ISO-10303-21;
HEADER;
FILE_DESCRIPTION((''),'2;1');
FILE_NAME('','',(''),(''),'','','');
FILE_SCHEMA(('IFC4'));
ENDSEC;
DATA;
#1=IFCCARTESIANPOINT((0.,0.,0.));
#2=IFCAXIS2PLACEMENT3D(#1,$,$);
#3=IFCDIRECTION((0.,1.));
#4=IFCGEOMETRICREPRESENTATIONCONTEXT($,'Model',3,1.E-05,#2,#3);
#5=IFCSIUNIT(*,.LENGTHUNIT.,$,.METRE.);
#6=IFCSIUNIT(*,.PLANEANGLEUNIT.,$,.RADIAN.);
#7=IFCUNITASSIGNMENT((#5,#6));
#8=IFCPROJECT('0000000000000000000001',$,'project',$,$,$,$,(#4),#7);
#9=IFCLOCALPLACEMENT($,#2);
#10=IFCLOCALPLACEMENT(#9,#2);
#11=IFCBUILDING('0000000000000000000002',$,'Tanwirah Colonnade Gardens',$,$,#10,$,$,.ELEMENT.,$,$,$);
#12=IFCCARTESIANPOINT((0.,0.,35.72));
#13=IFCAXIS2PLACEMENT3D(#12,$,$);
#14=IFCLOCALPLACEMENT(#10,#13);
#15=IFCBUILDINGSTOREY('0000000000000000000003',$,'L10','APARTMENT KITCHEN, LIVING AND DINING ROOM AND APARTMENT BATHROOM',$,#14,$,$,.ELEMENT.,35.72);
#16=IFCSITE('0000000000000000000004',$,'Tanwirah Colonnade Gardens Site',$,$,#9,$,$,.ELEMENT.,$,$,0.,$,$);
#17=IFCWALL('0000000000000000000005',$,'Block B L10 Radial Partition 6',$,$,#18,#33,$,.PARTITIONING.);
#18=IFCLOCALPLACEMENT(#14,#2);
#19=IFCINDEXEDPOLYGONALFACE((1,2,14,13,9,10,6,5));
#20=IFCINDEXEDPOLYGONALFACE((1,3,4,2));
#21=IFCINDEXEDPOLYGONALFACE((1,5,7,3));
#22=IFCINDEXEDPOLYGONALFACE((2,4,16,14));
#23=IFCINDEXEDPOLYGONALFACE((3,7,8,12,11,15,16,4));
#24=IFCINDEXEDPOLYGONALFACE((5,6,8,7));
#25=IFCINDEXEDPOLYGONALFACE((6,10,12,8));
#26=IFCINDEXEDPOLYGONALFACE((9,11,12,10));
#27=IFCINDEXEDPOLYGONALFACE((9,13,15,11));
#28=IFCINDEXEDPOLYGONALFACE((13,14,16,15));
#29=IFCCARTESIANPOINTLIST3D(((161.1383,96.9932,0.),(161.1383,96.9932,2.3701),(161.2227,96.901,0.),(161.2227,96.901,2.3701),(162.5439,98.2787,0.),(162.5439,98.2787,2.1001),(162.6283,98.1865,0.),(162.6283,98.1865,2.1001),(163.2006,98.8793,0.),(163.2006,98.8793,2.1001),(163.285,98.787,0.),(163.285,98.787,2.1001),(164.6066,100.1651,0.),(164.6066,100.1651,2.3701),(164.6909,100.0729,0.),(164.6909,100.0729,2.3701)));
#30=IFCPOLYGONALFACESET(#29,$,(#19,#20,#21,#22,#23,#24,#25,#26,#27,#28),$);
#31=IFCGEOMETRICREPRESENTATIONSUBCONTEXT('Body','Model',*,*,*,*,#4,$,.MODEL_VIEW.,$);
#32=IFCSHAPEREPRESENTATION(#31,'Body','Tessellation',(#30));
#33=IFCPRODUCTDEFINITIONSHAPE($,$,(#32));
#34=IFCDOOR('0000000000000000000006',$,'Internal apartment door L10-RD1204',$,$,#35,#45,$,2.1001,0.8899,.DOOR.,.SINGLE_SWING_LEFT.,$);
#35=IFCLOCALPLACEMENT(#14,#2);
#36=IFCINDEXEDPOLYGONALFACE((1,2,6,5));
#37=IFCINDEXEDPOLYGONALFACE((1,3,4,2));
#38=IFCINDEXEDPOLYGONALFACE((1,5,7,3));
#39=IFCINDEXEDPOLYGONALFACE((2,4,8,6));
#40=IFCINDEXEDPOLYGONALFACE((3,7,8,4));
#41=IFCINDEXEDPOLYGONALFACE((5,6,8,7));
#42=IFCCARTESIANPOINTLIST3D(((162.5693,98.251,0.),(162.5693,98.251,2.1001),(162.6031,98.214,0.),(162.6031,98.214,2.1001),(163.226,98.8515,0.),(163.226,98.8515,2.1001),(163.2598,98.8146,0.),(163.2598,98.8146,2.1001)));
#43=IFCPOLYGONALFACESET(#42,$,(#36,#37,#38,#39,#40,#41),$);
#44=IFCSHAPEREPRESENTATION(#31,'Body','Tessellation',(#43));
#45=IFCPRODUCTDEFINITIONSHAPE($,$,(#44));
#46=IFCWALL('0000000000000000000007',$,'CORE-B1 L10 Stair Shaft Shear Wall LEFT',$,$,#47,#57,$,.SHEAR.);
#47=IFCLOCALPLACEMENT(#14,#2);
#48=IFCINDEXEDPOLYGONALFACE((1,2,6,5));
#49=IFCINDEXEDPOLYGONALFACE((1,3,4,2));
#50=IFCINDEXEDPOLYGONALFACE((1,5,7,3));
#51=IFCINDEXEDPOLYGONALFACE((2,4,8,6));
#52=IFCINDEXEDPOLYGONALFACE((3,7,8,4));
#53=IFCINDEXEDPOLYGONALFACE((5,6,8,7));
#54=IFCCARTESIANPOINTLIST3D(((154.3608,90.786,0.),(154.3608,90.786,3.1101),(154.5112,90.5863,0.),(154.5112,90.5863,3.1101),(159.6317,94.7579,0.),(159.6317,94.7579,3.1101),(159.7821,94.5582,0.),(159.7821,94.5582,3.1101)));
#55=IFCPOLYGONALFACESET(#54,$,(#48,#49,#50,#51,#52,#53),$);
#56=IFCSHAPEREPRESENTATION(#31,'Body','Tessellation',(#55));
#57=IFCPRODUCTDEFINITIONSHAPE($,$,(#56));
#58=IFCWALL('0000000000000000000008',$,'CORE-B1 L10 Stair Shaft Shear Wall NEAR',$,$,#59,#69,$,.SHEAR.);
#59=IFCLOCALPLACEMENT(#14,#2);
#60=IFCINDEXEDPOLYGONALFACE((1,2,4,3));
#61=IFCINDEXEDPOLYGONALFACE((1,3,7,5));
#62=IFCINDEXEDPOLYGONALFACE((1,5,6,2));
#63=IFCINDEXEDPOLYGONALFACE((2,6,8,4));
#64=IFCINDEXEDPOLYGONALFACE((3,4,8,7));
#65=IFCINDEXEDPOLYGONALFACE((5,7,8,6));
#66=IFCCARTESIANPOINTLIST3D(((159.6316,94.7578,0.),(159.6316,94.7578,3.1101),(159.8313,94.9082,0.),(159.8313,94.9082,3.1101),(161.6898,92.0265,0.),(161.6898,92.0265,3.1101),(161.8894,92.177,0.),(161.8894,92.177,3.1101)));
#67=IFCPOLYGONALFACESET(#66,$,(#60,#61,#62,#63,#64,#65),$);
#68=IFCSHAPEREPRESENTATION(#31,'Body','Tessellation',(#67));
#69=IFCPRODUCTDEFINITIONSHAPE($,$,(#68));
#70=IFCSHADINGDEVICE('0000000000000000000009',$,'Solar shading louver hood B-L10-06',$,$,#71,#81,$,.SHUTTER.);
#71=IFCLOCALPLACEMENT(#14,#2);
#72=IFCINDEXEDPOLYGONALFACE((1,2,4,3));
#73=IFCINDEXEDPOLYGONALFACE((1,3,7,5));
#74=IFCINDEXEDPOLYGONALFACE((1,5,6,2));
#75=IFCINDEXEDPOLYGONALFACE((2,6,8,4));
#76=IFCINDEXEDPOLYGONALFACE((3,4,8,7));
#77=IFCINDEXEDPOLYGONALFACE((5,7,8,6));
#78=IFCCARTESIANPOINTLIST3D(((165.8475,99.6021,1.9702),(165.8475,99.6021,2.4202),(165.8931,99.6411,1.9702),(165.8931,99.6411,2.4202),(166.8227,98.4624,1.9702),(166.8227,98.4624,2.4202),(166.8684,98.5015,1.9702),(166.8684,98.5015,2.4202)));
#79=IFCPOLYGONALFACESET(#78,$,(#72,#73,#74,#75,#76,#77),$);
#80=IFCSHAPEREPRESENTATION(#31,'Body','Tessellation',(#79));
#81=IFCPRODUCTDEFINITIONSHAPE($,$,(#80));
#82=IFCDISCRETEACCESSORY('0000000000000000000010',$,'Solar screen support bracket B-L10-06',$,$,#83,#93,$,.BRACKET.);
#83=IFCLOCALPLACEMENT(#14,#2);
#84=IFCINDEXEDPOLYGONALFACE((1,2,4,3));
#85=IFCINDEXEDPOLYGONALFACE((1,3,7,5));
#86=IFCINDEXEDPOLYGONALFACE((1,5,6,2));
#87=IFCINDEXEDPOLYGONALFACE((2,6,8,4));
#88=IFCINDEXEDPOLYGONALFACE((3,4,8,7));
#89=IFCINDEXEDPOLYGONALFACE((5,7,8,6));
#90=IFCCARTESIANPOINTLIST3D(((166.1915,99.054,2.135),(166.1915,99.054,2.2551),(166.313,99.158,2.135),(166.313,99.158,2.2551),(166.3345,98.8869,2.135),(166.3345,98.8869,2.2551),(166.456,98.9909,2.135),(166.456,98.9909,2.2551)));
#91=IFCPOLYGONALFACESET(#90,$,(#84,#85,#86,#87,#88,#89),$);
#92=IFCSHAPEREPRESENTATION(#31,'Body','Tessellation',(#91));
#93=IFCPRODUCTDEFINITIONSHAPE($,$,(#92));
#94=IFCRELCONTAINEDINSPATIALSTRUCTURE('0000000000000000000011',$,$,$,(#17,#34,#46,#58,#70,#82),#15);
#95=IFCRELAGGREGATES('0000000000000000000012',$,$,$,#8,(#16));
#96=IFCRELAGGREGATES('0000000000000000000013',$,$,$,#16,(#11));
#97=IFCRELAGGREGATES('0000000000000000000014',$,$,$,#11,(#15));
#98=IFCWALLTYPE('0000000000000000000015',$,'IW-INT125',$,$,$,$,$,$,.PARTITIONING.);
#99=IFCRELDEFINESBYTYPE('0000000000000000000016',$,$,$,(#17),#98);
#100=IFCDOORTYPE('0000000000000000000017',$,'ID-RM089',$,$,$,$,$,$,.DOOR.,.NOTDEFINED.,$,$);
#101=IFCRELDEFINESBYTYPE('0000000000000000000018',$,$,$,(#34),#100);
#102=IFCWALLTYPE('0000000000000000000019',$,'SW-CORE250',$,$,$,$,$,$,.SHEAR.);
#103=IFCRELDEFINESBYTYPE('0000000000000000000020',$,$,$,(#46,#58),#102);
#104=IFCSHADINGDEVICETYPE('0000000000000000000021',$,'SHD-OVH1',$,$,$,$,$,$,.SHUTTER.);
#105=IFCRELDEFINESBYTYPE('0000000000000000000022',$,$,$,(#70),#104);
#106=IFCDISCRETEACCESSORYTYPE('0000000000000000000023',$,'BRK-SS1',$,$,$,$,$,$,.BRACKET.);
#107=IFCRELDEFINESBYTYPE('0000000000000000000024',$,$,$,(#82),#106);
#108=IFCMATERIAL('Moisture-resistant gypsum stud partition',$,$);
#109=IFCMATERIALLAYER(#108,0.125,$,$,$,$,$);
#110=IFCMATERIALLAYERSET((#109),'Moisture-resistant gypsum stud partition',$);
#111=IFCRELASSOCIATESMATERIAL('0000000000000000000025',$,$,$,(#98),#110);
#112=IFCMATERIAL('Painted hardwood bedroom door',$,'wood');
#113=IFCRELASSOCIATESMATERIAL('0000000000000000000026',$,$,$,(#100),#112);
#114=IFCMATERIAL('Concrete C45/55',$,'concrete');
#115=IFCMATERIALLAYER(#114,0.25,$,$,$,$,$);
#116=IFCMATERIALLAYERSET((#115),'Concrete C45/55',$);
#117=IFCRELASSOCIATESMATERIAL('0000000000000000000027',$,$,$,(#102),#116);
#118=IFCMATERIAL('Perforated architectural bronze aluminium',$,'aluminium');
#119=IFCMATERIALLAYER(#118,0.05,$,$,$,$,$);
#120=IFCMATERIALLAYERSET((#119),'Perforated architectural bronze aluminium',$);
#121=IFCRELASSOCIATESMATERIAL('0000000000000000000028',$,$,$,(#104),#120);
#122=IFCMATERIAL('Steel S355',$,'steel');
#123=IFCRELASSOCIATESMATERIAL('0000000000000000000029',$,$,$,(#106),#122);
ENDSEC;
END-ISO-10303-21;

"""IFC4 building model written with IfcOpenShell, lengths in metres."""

from ifc_helpers import new_model, si_unit, direction, frame, frame_2d, origin, origin_2d, place, context, subcontext, project, spatial, rectangle, extrude, material, layer, layer_set, type_object, element, fill, save


model = new_model("IFC4")

# Units and contexts
model_context = context("Model", 3, precision=1e-05, world=origin(), true_north=direction((0.0, 1.0)))
body_context = subcontext(model_context, "Body", "Model", "MODEL_VIEW")
ifc_project = project(units=[si_unit("LENGTHUNIT", "METRE"), si_unit("PLANEANGLEUNIT", "RADIAN")], contexts=[model_context])

# Site, building, storey
site_placement = place(None, origin())
site = spatial("IfcSite", under=ifc_project, at=site_placement, Name="Tanwirah Colonnade Gardens Site", CompositionType="ELEMENT", RefElevation=0.0)
building_placement = place(site_placement, origin())
building = spatial("IfcBuilding", under=site, at=building_placement, Name="Tanwirah Colonnade Gardens", CompositionType="ELEMENT")
storey_placement = place(building_placement, frame((0.0, 0.0, 35.72)))
storey = spatial("IfcBuildingStorey", under=building, at=storey_placement, Name="L10", Description="APARTMENT KITCHEN, LIVING AND DINING ROOM AND APARTMENT BATHROOM", CompositionType="ELEMENT", Elevation=35.72)

# Wall, opening, door
ifc_material_1 = material(Name="Moisture-resistant gypsum stud partition")
ifc_layer_1 = layer(ifc_material_1, 0.125)
ifc_layer_set_1 = layer_set([ifc_layer_1], Name="Moisture-resistant gypsum stud partition")
wall_type_1 = type_object("IfcWallType", Name="IW-INT125", PredefinedType="PARTITIONING", material=ifc_layer_set_1)
wall_1_placement = place(storey_placement, frame((161.1804, 96.947, 0.0), z_axis=(0.0, 0.0, 1.0), x_axis=(0.737934, 0.674873, 0.0)))
wall_1 = element("IfcWall", 1, at=wall_1_placement, inside=storey, type_object=wall_type_1, Name="Block B L10 Radial Partition 6", PredefinedType="PARTITIONING", context=body_context, shape_type="SweptSolid", body=[
    extrude(rectangle(XDim=4.7, YDim=0.125, at=frame_2d((2.3501, 0.0))), origin(), (0.0, 0.0, 1.0), 2.3701),
])
opening_1_placement = place(wall_1_placement, frame((1.905, 0.0, 0.0)))
opening_1 = element("IfcOpeningElement", 2, at=opening_1_placement, cuts=wall_1, PredefinedType="OPENING", context=body_context, shape_type="SweptSolid", body=[
    extrude(rectangle(XDim=0.8899, YDim=2.1001, at=frame_2d((0.4448, 1.05))), frame((0.0, 0.0725, 0.0), z_axis=(0.0, -1.0, 0.0), x_axis=(1.0, 0.0, 0.0)), (0.0, 0.0, 1.0), 0.145),
])
ifc_material_2 = material(Name="Painted hardwood bedroom door", Category="wood")
door_type_1 = type_object("IfcDoorType", Name="ID-RM089", OperationType="NOTDEFINED", PredefinedType="DOOR", material=ifc_material_2)
door_1_placement = place(opening_1_placement, origin())
door_1 = element("IfcDoor", 3, at=door_1_placement, inside=storey, type_object=door_type_1, Name="Internal apartment door L10-RD1204", OperationType="SINGLE_SWING_LEFT", OverallHeight=2.1001, OverallWidth=0.8899, PredefinedType="DOOR", context=body_context, shape_type="SweptSolid", body=[
    extrude(rectangle(XDim=0.8899, YDim=2.1001, at=frame_2d((0.4448, 1.05))), frame((0.0, 0.0249, 0.0), z_axis=(0.0, -1.0, 0.0), x_axis=(1.0, 0.0, 0.0)), (0.0, 0.0, 1.0), 0.05),
])
fill(opening_1, door_1)

# Walls
ifc_material_3 = material(Name="Concrete C45/55", Category="concrete")
ifc_layer_2 = layer(ifc_material_3, 0.25)
ifc_layer_set_2 = layer_set([ifc_layer_2], Name="Concrete C45/55")
wall_type_2 = type_object("IfcWallType", Name="SW-CORE250", PredefinedType="SHEAR", material=ifc_layer_set_2)
wall_2_placement = place(storey_placement, frame((159.7068, 94.658, 0.0), z_axis=(0.0, 0.0, 1.0), x_axis=(-0.79864, -0.60181, 0.0)))
element("IfcWall", 4, at=wall_2_placement, inside=storey, type_object=wall_type_2, Name="CORE-B1 L10 Stair Shaft Shear Wall LEFT", PredefinedType="SHEAR", context=body_context, shape_type="SweptSolid", body=[
    extrude(rectangle(XDim=6.5999, YDim=0.25, at=frame_2d((3.2998, 0.0))), origin(), (0.0, 0.0, 1.0), 3.1101),
])
wall_3_placement = place(storey_placement, frame((159.7314, 94.833, 0.0), z_axis=(0.0, 0.0, 1.0), x_axis=(0.601815, -0.798636, 0.0)))
element("IfcWall", 5, at=wall_3_placement, inside=storey, type_object=wall_type_2, Name="CORE-B1 L10 Stair Shaft Shear Wall NEAR", PredefinedType="SHEAR", context=body_context, shape_type="SweptSolid", body=[
    extrude(rectangle(XDim=3.4199, YDim=0.25, at=frame_2d((1.71, 0.0))), origin(), (0.0, 0.0, 1.0), 3.1101),
])

# Shading device
ifc_material_4 = material(Name="Perforated architectural bronze aluminium", Category="aluminium")
ifc_layer_3 = layer(ifc_material_4, 0.05)
ifc_layer_set_3 = layer_set([ifc_layer_3], Name="Perforated architectural bronze aluminium")
shading_device_type = type_object("IfcShadingDeviceType", Name="SHD-OVH1", PredefinedType="SHUTTER", material=ifc_layer_set_3)
shading_device_placement = place(storey_placement, frame((166.3579, 99.0518, 1.9702), z_axis=(0.0, 0.0, 1.0), x_axis=(-0.650186, 0.759775, 0.0)))
element("IfcShadingDevice", 6, at=shading_device_placement, inside=storey, type_object=shading_device_type, Name="Solar shading louver hood B-L10-06", PredefinedType="SHUTTER", context=body_context, shape_type="SweptSolid", body=[
    extrude(rectangle(XDim=1.5, YDim=0.0601, at=origin_2d()), origin(), (0.0, 0.0, 1.0), 0.45),
])

# Discrete accessory
ifc_material_5 = material(Name="Steel S355", Category="steel")
discrete_accessory_type = type_object("IfcDiscreteAccessoryType", Name="BRK-SS1", PredefinedType="BRACKET", material=ifc_material_5)
discrete_accessory_placement = place(storey_placement, frame((166.3237, 99.0225, 2.135), z_axis=(0.0, 0.0, 1.0), x_axis=(-0.650186, 0.759775, 0.0)))
element("IfcDiscreteAccessory", 7, at=discrete_accessory_placement, inside=storey, type_object=discrete_accessory_type, Name="Solar screen support bracket B-L10-06", PredefinedType="BRACKET", context=body_context, shape_type="SweptSolid", body=[
    extrude(rectangle(XDim=0.22, YDim=0.1599, at=origin_2d()), origin(), (0.0, 0.0, 1.0), 0.1201),
])

save(model, "model.ifc")
